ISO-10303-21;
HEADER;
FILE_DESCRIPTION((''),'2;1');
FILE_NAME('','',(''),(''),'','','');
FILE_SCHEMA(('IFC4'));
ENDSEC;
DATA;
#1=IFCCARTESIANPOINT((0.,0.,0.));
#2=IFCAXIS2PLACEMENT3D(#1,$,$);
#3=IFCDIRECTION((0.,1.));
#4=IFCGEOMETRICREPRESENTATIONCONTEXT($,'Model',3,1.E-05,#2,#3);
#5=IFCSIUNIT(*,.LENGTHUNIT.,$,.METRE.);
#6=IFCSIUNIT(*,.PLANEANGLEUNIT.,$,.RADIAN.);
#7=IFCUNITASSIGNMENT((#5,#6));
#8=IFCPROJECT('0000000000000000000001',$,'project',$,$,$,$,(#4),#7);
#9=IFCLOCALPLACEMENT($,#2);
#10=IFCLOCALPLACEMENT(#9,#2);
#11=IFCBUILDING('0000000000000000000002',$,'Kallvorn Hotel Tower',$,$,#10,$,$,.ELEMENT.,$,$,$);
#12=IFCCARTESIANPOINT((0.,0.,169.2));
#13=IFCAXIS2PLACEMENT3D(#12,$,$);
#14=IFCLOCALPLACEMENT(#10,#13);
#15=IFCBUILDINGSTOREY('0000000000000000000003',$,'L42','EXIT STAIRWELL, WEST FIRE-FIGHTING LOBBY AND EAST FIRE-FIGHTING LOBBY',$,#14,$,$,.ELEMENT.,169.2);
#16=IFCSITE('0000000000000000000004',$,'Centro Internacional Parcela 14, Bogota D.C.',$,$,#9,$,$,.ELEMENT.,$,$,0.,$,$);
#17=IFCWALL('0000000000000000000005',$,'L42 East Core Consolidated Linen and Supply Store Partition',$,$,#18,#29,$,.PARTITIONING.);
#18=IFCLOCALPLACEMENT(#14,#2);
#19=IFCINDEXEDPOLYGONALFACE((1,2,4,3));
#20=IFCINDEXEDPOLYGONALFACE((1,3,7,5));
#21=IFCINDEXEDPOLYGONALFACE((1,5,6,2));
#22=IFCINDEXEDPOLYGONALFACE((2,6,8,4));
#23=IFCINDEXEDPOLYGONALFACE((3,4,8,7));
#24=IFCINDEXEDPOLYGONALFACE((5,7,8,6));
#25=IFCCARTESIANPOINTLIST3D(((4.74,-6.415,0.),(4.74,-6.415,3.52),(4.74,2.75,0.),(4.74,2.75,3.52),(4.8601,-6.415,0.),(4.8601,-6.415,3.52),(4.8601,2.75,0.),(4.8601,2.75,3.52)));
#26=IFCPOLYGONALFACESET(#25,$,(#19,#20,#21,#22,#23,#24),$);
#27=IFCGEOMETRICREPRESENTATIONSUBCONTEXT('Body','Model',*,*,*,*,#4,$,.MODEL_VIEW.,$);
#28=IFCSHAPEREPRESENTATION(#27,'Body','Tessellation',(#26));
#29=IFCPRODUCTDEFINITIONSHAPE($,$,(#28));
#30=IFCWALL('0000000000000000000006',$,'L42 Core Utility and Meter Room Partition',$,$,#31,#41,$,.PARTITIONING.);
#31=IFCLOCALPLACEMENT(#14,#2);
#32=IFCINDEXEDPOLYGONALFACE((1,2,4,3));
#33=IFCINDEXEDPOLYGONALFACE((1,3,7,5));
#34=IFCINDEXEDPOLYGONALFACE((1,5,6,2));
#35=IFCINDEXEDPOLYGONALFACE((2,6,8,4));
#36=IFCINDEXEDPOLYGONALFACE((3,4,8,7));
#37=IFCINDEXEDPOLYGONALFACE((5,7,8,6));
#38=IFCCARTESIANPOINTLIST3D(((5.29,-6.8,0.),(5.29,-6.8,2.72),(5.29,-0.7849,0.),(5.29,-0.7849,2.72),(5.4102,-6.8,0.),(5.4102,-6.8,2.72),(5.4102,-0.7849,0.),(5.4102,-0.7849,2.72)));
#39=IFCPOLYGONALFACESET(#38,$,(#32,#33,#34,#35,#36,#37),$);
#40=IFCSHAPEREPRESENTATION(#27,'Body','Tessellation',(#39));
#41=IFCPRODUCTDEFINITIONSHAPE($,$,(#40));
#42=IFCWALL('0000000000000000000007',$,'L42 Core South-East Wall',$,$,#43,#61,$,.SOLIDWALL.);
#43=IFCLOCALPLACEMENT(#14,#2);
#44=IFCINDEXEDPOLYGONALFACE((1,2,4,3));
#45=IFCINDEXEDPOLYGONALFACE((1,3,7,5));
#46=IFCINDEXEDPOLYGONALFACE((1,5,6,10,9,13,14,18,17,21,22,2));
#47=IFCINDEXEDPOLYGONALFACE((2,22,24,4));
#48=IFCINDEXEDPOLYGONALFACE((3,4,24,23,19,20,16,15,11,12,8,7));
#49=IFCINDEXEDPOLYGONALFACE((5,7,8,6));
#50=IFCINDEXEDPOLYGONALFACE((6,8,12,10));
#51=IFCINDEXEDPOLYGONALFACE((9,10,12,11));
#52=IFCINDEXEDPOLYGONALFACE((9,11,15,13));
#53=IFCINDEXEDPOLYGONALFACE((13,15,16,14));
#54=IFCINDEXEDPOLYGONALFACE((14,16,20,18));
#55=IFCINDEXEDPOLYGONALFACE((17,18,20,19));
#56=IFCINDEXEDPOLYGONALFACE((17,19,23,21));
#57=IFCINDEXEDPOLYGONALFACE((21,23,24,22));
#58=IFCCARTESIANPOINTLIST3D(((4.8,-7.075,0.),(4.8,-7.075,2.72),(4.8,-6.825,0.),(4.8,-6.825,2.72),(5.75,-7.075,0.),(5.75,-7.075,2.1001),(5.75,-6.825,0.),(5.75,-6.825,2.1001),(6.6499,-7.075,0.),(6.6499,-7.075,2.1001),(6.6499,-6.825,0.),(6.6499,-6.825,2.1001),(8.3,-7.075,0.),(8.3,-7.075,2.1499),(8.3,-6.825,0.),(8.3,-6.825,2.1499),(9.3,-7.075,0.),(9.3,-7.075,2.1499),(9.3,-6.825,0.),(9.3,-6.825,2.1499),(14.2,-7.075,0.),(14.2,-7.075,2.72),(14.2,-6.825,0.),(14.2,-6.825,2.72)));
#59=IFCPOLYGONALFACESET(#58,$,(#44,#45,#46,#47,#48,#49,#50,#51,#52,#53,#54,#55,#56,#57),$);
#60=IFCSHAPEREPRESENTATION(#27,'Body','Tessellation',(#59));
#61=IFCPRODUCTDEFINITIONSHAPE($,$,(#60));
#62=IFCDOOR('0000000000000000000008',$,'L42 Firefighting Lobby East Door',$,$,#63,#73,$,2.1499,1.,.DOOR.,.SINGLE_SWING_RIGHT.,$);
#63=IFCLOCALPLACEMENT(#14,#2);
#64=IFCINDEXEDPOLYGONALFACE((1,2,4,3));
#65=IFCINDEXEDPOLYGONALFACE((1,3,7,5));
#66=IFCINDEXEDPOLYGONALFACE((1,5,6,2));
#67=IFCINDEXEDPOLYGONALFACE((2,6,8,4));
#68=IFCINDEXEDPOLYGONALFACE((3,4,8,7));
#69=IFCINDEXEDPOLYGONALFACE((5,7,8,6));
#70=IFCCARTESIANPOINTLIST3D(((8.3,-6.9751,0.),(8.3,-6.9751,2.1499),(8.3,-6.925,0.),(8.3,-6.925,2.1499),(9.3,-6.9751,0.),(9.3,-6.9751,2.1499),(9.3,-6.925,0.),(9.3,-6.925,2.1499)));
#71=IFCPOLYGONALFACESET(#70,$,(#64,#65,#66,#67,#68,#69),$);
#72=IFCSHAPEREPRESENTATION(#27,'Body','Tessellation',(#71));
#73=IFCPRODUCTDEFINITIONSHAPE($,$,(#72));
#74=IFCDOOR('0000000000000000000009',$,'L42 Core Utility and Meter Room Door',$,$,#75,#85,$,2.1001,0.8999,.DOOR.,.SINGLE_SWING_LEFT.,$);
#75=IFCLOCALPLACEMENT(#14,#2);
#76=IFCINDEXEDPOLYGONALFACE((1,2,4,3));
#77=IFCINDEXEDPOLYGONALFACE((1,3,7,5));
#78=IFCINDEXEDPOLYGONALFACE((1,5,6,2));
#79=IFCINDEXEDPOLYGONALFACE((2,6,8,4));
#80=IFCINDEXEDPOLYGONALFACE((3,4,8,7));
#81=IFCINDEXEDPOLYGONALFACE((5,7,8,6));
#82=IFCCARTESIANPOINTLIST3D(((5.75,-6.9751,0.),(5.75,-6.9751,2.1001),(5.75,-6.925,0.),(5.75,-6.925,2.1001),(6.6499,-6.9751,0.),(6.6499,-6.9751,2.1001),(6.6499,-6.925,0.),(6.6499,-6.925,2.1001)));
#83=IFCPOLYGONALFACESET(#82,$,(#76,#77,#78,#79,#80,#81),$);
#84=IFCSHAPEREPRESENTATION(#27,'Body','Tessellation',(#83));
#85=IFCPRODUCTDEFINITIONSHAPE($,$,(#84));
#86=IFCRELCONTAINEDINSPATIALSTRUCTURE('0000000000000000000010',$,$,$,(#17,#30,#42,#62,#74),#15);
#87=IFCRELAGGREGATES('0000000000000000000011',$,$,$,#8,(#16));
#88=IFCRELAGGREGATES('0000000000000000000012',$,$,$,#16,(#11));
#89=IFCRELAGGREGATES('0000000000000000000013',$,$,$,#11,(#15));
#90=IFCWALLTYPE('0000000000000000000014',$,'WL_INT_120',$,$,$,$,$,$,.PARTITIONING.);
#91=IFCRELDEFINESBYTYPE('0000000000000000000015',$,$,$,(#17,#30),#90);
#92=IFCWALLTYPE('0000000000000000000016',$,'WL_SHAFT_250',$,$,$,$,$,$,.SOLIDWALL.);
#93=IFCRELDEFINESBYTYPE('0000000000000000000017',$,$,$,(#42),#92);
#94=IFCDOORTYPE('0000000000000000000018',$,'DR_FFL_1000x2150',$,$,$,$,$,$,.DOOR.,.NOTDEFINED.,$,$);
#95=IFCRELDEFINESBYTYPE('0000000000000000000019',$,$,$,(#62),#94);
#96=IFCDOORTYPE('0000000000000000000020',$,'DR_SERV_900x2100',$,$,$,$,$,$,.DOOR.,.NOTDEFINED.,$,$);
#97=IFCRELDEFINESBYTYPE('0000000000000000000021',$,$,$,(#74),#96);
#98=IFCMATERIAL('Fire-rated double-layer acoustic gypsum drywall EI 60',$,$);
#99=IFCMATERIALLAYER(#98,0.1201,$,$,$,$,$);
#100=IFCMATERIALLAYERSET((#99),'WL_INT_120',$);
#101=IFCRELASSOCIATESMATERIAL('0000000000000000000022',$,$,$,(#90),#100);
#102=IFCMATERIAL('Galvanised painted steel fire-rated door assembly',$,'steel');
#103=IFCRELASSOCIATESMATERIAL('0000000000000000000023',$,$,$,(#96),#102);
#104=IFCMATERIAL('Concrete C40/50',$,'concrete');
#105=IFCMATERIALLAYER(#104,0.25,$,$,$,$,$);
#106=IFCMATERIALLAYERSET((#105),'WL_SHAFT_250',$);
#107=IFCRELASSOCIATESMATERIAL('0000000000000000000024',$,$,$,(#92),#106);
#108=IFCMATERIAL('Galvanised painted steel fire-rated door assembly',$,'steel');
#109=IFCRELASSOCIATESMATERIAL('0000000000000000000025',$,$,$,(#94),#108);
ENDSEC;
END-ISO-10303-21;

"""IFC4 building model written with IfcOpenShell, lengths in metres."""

from ifc_helpers import new_model, si_unit, direction, frame, frame_2d, origin, place, context, subcontext, project, spatial, rectangle, extrude, material, layer, layer_set, type_object, element, fill, save


model = new_model("IFC4")

# Units and contexts
model_context = context("Model", 3, precision=1e-05, world=origin(), true_north=direction((0.0, 1.0)))
body_context = subcontext(model_context, "Body", "Model", "MODEL_VIEW")
ifc_project = project(units=[si_unit("LENGTHUNIT", "METRE"), si_unit("PLANEANGLEUNIT", "RADIAN")], contexts=[model_context])

# Site, building, storey
site_placement = place(None, origin())
site = spatial("IfcSite", under=ifc_project, at=site_placement, Name="Centro Internacional Parcela 14, Bogota D.C.", CompositionType="ELEMENT", RefElevation=0.0)
building_placement = place(site_placement, origin())
building = spatial("IfcBuilding", under=site, at=building_placement, Name="Kallvorn Hotel Tower", CompositionType="ELEMENT")
storey_placement = place(building_placement, frame((0.0, 0.0, 169.2)))
storey = spatial("IfcBuildingStorey", under=building, at=storey_placement, Name="L42", Description="EXIT STAIRWELL, WEST FIRE-FIGHTING LOBBY AND EAST FIRE-FIGHTING LOBBY", CompositionType="ELEMENT", Elevation=169.2)

# Shared definitions
ifc_material_1 = material(Name="Fire-rated double-layer acoustic gypsum drywall EI 60")
ifc_layer_1 = layer(ifc_material_1, 0.1201)
ifc_layer_set_1 = layer_set([ifc_layer_1], Name="WL_INT_120")
wall_type_1 = type_object("IfcWallType", Name="WL_INT_120", PredefinedType="PARTITIONING", material=ifc_layer_set_1)

# Shared definitions
ifc_material_2 = material(Name="Galvanised painted steel fire-rated door assembly", Category="steel")
door_type_1 = type_object("IfcDoorType", Name="DR_SERV_900x2100", OperationType="NOTDEFINED", PredefinedType="DOOR", material=ifc_material_2)

# Walls
wall_1_placement = place(storey_placement, frame((4.8, -6.415, 0.0), z_axis=(0.0, 0.0, 1.0), x_axis=(0.0, 1.0, 0.0)))
element("IfcWall", 1, at=wall_1_placement, inside=storey, type_object=wall_type_1, Name="L42 East Core Consolidated Linen and Supply Store Partition", PredefinedType="PARTITIONING", context=body_context, shape_type="SweptSolid", body=[
    extrude(rectangle(XDim=9.165, YDim=0.1201, at=frame_2d((4.5825, 0.0))), origin(), (0.0, 0.0, 1.0), 3.52),
])
wall_2_placement = place(storey_placement, frame((5.3501, -6.8, 0.0), z_axis=(0.0, 0.0, 1.0), x_axis=(0.0, 1.0, 0.0)))
element("IfcWall", 2, at=wall_2_placement, inside=storey, type_object=wall_type_1, Name="L42 Core Utility and Meter Room Partition", PredefinedType="PARTITIONING", context=body_context, shape_type="SweptSolid", body=[
    extrude(rectangle(XDim=6.0151, YDim=0.1201, at=frame_2d((3.0076, 0.0))), origin(), (0.0, 0.0, 1.0), 2.72),
])

# Wall, openings, doors
ifc_material_3 = material(Name="Concrete C40/50", Category="concrete")
ifc_layer_2 = layer(ifc_material_3, 0.25)
ifc_layer_set_2 = layer_set([ifc_layer_2], Name="WL_SHAFT_250")
wall_type_2 = type_object("IfcWallType", Name="WL_SHAFT_250", PredefinedType="SOLIDWALL", material=ifc_layer_set_2)
wall_3_placement = place(storey_placement, frame((4.8, -6.95, 0.0), z_axis=(0.0, 0.0, 1.0), x_axis=(1.0, 0.0, 0.0)))
wall_3 = element("IfcWall", 3, at=wall_3_placement, inside=storey, type_object=wall_type_2, Name="L42 Core South-East Wall", PredefinedType="SOLIDWALL", context=body_context, shape_type="SweptSolid", body=[
    extrude(rectangle(XDim=9.3999, YDim=0.25, at=frame_2d((4.7, 0.0))), origin(), (0.0, 0.0, 1.0), 2.72),
])
opening_1_placement = place(wall_3_placement, frame((3.5, 0.0, 0.0)))
opening_1 = element("IfcOpeningElement", 4, at=opening_1_placement, cuts=wall_3, PredefinedType="OPENING", context=body_context, shape_type="SweptSolid", body=[
    extrude(rectangle(XDim=1.0, YDim=2.1499, at=frame_2d((0.5, 1.075))), frame((0.0, 0.1399, 0.0), z_axis=(0.0, -1.0, 0.0), x_axis=(1.0, 0.0, 0.0)), (0.0, 0.0, 1.0), 0.28),
])
opening_2_placement = place(wall_3_placement, frame((0.95, 0.0, 0.0)))
opening_2 = element("IfcOpeningElement", 5, at=opening_2_placement, cuts=wall_3, PredefinedType="OPENING", context=body_context, shape_type="SweptSolid", body=[
    extrude(rectangle(XDim=0.8999, YDim=2.1001, at=frame_2d((0.45, 1.05))), frame((0.0, 0.1399, 0.0), z_axis=(0.0, -1.0, 0.0), x_axis=(1.0, 0.0, 0.0)), (0.0, 0.0, 1.0), 0.28),
])
ifc_material_4 = material(Name="Galvanised painted steel fire-rated door assembly", Category="steel")
door_type_2 = type_object("IfcDoorType", Name="DR_FFL_1000x2150", OperationType="NOTDEFINED", PredefinedType="DOOR", material=ifc_material_4)
door_1_placement = place(opening_1_placement, origin())
door_1 = element("IfcDoor", 6, at=door_1_placement, inside=storey, type_object=door_type_2, Name="L42 Firefighting Lobby East Door", OperationType="SINGLE_SWING_RIGHT", OverallHeight=2.1499, OverallWidth=1.0, PredefinedType="DOOR", context=body_context, shape_type="SweptSolid", body=[
    extrude(rectangle(XDim=1.0, YDim=2.1499, at=frame_2d((0.5, 1.075))), frame((0.0, 0.0249, 0.0), z_axis=(0.0, -1.0, 0.0), x_axis=(1.0, 0.0, 0.0)), (0.0, 0.0, 1.0), 0.05),
])
fill(opening_1, door_1)
door_2_placement = place(opening_2_placement, origin())
door_2 = element("IfcDoor", 7, at=door_2_placement, inside=storey, type_object=door_type_1, Name="L42 Core Utility and Meter Room Door", OperationType="SINGLE_SWING_LEFT", OverallHeight=2.1001, OverallWidth=0.8999, PredefinedType="DOOR", context=body_context, shape_type="SweptSolid", body=[
    extrude(rectangle(XDim=0.8999, YDim=2.1001, at=frame_2d((0.45, 1.05))), frame((0.0, 0.0249, 0.0), z_axis=(0.0, -1.0, 0.0), x_axis=(1.0, 0.0, 0.0)), (0.0, 0.0, 1.0), 0.05),
])
fill(opening_2, door_2)

save(model, "model.ifc")
